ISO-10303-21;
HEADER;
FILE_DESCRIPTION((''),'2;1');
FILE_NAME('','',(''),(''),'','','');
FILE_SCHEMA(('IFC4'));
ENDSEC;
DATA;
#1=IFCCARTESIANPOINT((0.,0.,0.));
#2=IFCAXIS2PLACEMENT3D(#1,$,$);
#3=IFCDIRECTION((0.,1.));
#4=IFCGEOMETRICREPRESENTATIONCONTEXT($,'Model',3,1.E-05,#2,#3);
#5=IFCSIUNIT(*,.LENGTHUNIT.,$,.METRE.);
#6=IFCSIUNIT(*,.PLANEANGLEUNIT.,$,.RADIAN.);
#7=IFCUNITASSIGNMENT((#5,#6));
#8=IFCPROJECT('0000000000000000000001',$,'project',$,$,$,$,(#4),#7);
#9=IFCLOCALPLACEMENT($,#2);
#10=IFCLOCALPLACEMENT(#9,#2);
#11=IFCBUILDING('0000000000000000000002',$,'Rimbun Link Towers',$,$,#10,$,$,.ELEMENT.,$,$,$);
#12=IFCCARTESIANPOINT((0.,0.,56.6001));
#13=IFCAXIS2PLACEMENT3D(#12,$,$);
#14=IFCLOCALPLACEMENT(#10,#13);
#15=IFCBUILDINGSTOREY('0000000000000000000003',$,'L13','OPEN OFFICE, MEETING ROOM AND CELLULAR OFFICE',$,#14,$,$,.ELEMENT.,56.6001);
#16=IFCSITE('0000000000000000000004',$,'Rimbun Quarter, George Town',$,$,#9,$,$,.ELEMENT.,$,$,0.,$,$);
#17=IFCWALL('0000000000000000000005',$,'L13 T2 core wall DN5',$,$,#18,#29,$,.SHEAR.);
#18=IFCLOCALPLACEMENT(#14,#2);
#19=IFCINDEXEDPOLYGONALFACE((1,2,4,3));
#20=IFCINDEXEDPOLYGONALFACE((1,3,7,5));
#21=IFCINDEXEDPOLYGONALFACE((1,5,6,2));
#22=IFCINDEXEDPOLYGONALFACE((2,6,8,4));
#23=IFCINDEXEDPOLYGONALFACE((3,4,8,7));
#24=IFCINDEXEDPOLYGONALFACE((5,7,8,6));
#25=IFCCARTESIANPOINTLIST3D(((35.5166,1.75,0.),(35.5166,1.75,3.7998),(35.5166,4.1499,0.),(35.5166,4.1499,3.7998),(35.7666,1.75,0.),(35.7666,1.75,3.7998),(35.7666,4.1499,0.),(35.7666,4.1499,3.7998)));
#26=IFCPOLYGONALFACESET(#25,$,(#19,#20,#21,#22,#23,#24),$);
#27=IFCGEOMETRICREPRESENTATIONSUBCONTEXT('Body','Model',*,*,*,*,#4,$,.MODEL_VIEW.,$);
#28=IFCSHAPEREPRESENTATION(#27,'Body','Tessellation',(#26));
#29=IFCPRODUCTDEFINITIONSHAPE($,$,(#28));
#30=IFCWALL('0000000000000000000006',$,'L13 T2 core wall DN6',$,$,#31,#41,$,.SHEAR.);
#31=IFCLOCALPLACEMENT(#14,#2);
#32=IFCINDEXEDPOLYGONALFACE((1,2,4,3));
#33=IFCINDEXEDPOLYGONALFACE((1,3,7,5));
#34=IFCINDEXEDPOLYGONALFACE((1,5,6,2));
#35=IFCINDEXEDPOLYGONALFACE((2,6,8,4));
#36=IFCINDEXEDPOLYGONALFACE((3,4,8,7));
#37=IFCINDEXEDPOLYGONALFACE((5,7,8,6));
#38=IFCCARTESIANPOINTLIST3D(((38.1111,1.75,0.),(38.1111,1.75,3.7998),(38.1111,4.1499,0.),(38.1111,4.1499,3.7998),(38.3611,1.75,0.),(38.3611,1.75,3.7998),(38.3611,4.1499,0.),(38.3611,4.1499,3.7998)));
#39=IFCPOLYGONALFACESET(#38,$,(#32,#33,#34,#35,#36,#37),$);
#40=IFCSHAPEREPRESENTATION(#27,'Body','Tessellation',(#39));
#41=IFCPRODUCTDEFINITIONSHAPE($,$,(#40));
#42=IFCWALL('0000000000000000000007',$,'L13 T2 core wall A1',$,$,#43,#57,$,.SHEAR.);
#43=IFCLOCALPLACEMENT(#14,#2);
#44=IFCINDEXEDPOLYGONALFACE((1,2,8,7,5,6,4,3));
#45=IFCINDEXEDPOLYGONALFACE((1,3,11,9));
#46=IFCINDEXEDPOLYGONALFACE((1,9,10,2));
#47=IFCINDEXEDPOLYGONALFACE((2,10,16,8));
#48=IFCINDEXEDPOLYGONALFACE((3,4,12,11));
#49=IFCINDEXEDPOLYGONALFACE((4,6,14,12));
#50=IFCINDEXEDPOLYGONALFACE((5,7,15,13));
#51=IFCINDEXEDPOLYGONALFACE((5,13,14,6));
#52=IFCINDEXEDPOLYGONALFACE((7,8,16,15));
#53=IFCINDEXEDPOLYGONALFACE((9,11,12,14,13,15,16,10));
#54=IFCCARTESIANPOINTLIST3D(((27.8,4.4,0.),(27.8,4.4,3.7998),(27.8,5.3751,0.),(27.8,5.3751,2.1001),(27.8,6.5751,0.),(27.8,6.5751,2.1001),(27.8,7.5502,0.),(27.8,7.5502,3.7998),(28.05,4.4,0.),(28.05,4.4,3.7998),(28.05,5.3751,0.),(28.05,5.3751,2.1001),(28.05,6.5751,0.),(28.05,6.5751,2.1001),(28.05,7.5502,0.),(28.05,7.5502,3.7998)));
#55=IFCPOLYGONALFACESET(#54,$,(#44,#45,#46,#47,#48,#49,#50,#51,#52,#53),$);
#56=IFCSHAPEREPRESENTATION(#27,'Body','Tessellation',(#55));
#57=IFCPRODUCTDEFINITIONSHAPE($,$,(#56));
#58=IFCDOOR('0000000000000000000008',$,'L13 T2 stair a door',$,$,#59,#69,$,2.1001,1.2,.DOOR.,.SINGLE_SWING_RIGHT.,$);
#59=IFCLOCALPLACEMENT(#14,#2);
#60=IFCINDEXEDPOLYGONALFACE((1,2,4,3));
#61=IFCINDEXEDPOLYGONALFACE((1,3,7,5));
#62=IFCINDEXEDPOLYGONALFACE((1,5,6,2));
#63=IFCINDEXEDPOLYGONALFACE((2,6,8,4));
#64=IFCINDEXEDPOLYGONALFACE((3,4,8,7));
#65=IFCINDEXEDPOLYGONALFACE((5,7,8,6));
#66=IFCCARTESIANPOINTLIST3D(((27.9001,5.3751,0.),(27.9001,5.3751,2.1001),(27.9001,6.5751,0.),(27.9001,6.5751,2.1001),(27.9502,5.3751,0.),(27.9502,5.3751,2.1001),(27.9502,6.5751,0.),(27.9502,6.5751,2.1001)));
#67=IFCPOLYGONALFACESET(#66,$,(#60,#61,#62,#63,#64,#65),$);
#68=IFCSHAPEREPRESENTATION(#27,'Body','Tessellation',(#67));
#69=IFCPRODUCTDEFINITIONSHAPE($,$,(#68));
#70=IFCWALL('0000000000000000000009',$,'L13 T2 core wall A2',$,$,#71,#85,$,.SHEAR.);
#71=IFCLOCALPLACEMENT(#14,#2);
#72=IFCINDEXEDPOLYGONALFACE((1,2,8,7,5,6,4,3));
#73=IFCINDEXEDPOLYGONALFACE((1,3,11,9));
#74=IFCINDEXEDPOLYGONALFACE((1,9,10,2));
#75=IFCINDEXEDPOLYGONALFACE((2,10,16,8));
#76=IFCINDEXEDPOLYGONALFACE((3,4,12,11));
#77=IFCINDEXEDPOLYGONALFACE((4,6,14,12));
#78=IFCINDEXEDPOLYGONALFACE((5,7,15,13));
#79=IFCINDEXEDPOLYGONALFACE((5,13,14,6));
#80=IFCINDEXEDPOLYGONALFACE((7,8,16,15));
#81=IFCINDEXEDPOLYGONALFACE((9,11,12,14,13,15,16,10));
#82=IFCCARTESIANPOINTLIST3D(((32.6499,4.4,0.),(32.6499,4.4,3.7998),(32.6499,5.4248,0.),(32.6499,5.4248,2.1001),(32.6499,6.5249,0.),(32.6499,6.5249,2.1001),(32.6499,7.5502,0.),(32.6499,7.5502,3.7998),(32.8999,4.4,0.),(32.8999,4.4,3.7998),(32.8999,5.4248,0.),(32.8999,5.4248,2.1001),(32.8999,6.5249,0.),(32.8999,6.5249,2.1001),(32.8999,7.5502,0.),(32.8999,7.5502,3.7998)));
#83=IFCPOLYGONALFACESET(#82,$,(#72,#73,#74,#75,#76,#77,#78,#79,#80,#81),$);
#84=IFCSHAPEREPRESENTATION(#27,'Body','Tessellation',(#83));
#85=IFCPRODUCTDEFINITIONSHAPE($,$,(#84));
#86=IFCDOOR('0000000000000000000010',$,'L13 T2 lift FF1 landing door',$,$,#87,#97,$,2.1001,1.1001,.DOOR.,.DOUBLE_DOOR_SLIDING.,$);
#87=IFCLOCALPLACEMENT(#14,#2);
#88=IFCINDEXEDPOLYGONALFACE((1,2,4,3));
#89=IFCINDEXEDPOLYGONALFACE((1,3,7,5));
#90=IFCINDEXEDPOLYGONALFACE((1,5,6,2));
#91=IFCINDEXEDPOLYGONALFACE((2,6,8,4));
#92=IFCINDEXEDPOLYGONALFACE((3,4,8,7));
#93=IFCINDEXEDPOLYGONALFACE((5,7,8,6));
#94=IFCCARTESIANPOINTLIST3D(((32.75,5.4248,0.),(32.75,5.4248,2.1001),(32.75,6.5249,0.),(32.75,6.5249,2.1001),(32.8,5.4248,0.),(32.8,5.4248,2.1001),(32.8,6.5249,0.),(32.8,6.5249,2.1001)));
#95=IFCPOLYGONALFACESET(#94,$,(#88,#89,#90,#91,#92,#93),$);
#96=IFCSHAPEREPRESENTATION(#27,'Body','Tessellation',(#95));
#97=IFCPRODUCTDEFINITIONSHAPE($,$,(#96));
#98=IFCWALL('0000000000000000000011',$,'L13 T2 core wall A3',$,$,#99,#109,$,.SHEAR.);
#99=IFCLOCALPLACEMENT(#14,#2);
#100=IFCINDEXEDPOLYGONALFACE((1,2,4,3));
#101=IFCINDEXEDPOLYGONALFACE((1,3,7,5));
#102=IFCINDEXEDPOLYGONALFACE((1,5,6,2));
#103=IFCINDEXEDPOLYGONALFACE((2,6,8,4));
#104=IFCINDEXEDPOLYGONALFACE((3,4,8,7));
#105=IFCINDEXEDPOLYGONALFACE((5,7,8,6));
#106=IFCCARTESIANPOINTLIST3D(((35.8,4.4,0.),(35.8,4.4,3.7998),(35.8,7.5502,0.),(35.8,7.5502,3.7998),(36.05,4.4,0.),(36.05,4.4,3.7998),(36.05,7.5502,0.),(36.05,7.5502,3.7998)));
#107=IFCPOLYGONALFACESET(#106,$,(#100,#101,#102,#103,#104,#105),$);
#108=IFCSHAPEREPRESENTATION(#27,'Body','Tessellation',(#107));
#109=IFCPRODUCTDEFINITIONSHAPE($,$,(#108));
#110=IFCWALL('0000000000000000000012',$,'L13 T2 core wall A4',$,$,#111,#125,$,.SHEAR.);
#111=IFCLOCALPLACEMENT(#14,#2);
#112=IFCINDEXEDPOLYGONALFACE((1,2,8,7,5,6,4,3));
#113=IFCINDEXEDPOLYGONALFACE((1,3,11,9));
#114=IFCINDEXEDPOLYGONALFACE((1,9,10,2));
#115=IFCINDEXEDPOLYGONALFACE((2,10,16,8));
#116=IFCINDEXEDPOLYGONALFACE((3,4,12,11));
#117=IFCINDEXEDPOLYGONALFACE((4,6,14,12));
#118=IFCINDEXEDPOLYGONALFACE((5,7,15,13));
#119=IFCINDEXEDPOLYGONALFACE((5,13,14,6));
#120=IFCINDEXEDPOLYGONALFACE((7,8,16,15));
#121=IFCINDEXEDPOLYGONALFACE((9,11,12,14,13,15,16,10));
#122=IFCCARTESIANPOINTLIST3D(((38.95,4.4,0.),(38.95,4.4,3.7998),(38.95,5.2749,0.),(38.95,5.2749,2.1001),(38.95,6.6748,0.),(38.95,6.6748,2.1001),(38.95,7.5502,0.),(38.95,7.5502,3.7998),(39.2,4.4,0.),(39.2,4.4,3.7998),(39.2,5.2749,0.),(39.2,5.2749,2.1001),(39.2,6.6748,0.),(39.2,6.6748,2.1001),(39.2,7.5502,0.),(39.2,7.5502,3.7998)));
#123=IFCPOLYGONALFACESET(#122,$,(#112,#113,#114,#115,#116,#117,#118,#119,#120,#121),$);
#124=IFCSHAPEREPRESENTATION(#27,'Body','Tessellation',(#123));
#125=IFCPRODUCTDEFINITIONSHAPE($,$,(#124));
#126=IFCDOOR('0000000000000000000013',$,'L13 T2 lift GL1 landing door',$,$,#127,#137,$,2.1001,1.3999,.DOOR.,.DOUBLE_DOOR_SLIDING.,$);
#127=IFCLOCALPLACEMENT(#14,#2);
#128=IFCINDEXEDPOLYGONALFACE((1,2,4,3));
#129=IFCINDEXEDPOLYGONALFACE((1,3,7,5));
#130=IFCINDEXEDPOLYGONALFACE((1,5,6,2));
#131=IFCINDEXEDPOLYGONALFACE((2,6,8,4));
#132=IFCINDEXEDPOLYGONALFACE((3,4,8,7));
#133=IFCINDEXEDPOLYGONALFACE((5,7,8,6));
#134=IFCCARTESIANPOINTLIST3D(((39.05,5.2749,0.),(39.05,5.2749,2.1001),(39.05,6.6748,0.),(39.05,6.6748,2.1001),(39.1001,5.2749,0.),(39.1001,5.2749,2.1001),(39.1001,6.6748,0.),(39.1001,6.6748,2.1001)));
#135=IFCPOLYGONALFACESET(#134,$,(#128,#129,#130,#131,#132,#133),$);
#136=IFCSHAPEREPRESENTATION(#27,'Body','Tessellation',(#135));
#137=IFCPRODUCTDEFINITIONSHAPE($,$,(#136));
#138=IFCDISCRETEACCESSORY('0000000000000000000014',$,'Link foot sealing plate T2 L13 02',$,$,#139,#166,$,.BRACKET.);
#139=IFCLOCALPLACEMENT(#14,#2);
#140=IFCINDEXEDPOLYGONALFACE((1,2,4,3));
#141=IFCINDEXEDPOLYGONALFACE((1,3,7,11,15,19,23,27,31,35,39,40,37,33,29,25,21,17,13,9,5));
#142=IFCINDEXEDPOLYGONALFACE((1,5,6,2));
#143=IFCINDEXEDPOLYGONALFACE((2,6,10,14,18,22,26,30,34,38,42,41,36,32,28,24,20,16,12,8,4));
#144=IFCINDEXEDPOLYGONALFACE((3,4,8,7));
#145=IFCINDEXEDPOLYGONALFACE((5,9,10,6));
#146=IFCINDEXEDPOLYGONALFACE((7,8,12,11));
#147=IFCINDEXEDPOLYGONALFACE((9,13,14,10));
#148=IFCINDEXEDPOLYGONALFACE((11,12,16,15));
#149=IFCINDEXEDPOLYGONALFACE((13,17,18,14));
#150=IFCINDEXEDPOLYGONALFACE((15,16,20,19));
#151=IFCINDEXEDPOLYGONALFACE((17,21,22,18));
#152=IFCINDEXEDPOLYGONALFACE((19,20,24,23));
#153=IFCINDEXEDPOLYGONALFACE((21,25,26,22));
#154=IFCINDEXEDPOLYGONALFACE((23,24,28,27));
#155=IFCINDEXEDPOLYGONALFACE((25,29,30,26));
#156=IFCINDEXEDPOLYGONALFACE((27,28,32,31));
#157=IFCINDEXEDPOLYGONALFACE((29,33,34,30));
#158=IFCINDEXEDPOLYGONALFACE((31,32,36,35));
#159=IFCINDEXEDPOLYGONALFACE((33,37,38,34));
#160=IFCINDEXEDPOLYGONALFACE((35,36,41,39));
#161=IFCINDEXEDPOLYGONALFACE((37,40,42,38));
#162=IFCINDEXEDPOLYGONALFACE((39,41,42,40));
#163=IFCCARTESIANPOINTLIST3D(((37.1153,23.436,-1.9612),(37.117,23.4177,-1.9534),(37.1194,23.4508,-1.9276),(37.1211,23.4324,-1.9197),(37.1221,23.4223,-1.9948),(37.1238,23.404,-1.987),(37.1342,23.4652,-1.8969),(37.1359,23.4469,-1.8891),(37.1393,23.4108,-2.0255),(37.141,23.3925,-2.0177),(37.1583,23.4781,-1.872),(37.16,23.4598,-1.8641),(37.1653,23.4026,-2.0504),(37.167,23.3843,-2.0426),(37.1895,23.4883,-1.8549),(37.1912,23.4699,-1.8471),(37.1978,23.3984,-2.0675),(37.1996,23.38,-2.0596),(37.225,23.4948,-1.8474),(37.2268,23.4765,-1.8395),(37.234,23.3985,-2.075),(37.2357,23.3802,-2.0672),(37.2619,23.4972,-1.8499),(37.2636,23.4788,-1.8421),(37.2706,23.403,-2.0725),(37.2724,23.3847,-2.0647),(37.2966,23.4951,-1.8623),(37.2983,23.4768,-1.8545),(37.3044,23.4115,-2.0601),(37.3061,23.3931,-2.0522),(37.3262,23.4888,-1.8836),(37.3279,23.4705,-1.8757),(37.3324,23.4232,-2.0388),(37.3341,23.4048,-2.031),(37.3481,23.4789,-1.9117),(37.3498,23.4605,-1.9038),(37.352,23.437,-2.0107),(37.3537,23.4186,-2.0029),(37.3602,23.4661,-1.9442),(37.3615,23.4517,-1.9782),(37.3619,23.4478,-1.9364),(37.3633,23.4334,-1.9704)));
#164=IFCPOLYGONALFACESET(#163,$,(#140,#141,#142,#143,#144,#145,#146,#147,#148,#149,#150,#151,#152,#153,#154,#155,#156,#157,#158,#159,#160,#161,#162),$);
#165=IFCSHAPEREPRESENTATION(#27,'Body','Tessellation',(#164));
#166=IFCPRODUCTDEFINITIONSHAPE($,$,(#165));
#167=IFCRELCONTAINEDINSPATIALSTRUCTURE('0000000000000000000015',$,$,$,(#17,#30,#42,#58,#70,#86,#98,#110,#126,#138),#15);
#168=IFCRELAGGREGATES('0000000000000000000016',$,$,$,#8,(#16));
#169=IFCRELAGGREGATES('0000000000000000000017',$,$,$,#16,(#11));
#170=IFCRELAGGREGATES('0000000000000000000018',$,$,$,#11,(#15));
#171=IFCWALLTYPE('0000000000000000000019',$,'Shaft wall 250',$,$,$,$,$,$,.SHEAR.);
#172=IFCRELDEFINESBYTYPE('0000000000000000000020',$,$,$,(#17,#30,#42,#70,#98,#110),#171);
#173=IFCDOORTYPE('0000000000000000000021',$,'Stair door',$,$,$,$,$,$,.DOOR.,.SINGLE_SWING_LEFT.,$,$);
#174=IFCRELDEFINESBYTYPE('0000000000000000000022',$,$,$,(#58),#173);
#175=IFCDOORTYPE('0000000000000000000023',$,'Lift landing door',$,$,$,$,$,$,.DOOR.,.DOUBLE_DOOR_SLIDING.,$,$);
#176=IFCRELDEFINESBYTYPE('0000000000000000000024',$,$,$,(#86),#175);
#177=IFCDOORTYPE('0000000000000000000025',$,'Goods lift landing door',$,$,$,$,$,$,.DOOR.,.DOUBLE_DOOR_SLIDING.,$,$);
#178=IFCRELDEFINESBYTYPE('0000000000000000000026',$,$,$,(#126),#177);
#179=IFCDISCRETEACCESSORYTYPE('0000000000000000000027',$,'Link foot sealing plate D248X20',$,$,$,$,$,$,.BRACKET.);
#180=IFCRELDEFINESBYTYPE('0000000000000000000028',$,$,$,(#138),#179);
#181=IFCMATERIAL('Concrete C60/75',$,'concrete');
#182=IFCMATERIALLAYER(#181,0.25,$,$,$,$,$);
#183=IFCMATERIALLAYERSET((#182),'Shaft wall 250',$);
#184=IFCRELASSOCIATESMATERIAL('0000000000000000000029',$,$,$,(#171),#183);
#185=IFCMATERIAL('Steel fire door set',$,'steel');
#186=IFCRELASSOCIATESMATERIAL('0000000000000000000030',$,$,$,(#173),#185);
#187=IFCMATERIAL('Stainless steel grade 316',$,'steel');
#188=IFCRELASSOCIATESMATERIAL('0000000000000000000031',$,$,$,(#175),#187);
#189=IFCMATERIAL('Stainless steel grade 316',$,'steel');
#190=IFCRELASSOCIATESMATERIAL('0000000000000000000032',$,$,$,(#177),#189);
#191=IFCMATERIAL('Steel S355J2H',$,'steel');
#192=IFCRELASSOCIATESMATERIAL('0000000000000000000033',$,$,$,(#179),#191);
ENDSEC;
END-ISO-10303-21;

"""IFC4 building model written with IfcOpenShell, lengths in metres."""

from ifc_helpers import new_model, si_unit, direction, frame, frame_2d, origin, origin_2d, place, context, subcontext, project, spatial, rectangle, circle, extrude, material, layer, layer_set, material_profile, profile_set, type_object, element, fill, save


model = new_model("IFC4")

# Units and contexts
model_context = context("Model", 3, precision=1e-05, world=origin(), true_north=direction((0.0, 1.0)))
body_context = subcontext(model_context, "Body", "Model", "MODEL_VIEW")
ifc_project = project(units=[si_unit("LENGTHUNIT", "METRE"), si_unit("PLANEANGLEUNIT", "RADIAN")], contexts=[model_context])

# Site, building, storey
site_placement = place(None, origin())
site = spatial("IfcSite", under=ifc_project, at=site_placement, Name="Rimbun Quarter, George Town", CompositionType="ELEMENT", RefElevation=0.0)
building_placement = place(site_placement, origin())
building = spatial("IfcBuilding", under=site, at=building_placement, Name="Rimbun Link Towers", CompositionType="ELEMENT")
storey_placement = place(building_placement, frame((0.0, 0.0, 56.6001)))
storey = spatial("IfcBuildingStorey", under=building, at=storey_placement, Name="L13", Description="OPEN OFFICE, MEETING ROOM AND CELLULAR OFFICE", CompositionType="ELEMENT", Elevation=56.6001)

# Walls
ifc_material_1 = material(Name="Concrete C60/75", Category="concrete")
ifc_layer_1 = layer(ifc_material_1, 0.25)
ifc_layer_set_1 = layer_set([ifc_layer_1], Name="Shaft wall 250")
wall_type_1 = type_object("IfcWallType", Name="Shaft wall 250", PredefinedType="SHEAR", material=ifc_layer_set_1)
for number, where, z_axis, x_axis, name in (
    (1, (35.6416, 1.75, 0.0), (0.0, 0.0, 1.0), (0.0, 1.0, 0.0), "L13 T2 core wall DN5"),
    (2, (38.2361, 1.75, 0.0), (0.0, 0.0, 1.0), (0.0, 1.0, 0.0), "L13 T2 core wall DN6"),
):
    element("IfcWall", number, at=place(storey_placement, frame(where, z_axis=z_axis, x_axis=x_axis)), inside=storey, type_object=wall_type_1, Name=name, PredefinedType="SHEAR", context=body_context, shape_type="SweptSolid", body=[
        extrude(rectangle(XDim=2.3999, YDim=0.25, at=frame_2d((1.2, 0.0))), origin(), (0.0, 0.0, 1.0), 3.7998),
    ])

# Walls, openings, doors
wall_1_placement = place(storey_placement, frame((27.925, 4.3999, 0.0), z_axis=(0.0, 0.0, 1.0), x_axis=(0.0, 1.0, 0.0)))
wall_1 = element("IfcWall", 3, at=wall_1_placement, inside=storey, type_object=wall_type_1, Name="L13 T2 core wall A1", PredefinedType="SHEAR", context=body_context, shape_type="SweptSolid", body=[
    extrude(rectangle(XDim=3.1501, YDim=0.25, at=frame_2d((1.5752, 0.0))), origin(), (0.0, 0.0, 1.0), 3.7998),
])
opening_1_placement = place(wall_1_placement, frame((0.9751, 0.0, 0.0)))
opening_1 = element("IfcOpeningElement", 4, at=opening_1_placement, cuts=wall_1, PredefinedType="OPENING", context=body_context, shape_type="SweptSolid", body=[
    extrude(rectangle(XDim=1.2, YDim=2.1001, at=frame_2d((0.6001, 1.05))), frame((0.0, 0.135, 0.0), z_axis=(0.0, -1.0, 0.0), x_axis=(1.0, 0.0, 0.0)), (0.0, 0.0, 1.0), 0.27),
])
ifc_material_2 = material(Name="Steel fire door set", Category="steel")
door_type_1 = type_object("IfcDoorType", Name="Stair door", OperationType="SINGLE_SWING_LEFT", PredefinedType="DOOR", material=ifc_material_2)
door_1_placement = place(opening_1_placement, origin())
door_1 = element("IfcDoor", 5, at=door_1_placement, inside=storey, type_object=door_type_1, Name="L13 T2 stair a door", OperationType="SINGLE_SWING_RIGHT", OverallHeight=2.1001, OverallWidth=1.2, PredefinedType="DOOR", context=body_context, shape_type="SweptSolid", body=[
    extrude(rectangle(XDim=1.2, YDim=2.1001, at=frame_2d((0.6001, 1.05))), frame((0.0, 0.0249, 0.0), z_axis=(0.0, -1.0, 0.0), x_axis=(1.0, 0.0, 0.0)), (0.0, 0.0, 1.0), 0.05),
])
fill(opening_1, door_1)
wall_2_placement = place(storey_placement, frame((32.7749, 4.3999, 0.0), z_axis=(0.0, 0.0, 1.0), x_axis=(0.0, 1.0, 0.0)))
wall_2 = element("IfcWall", 6, at=wall_2_placement, inside=storey, type_object=wall_type_1, Name="L13 T2 core wall A2", PredefinedType="SHEAR", context=body_context, shape_type="SweptSolid", body=[
    extrude(rectangle(XDim=3.1501, YDim=0.25, at=frame_2d((1.5752, 0.0))), origin(), (0.0, 0.0, 1.0), 3.7998),
])
opening_2_placement = place(wall_2_placement, frame((1.0249, 0.0, 0.0)))
opening_2 = element("IfcOpeningElement", 7, at=opening_2_placement, cuts=wall_2, PredefinedType="OPENING", context=body_context, shape_type="SweptSolid", body=[
    extrude(rectangle(XDim=1.1001, YDim=2.1001, at=frame_2d((0.55, 1.05))), frame((0.0, 0.135, 0.0), z_axis=(0.0, -1.0, 0.0), x_axis=(1.0, 0.0, 0.0)), (0.0, 0.0, 1.0), 0.27),
])
ifc_material_3 = material(Name="Stainless steel grade 316", Category="steel")
door_type_2 = type_object("IfcDoorType", Name="Lift landing door", OperationType="DOUBLE_DOOR_SLIDING", PredefinedType="DOOR", material=ifc_material_3)
door_2_placement = place(opening_2_placement, origin())
door_2 = element("IfcDoor", 8, at=door_2_placement, inside=storey, type_object=door_type_2, Name="L13 T2 lift FF1 landing door", OperationType="DOUBLE_DOOR_SLIDING", OverallHeight=2.1001, OverallWidth=1.1001, PredefinedType="DOOR", context=body_context, shape_type="SweptSolid", body=[
    extrude(rectangle(XDim=1.1001, YDim=2.1001, at=frame_2d((0.55, 1.05))), frame((0.0, 0.0249, 0.0), z_axis=(0.0, -1.0, 0.0), x_axis=(1.0, 0.0, 0.0)), (0.0, 0.0, 1.0), 0.05),
])
fill(opening_2, door_2)

# Wall
wall_3_placement = place(storey_placement, frame((35.925, 4.3999, 0.0), z_axis=(0.0, 0.0, 1.0), x_axis=(0.0, 1.0, 0.0)))
element("IfcWall", 9, at=wall_3_placement, inside=storey, type_object=wall_type_1, Name="L13 T2 core wall A3", PredefinedType="SHEAR", context=body_context, shape_type="SweptSolid", body=[
    extrude(rectangle(XDim=3.1501, YDim=0.25, at=frame_2d((1.5752, 0.0))), origin(), (0.0, 0.0, 1.0), 3.7998),
])

# Wall, opening, door
wall_4_placement = place(storey_placement, frame((39.075, 4.3999, 0.0), z_axis=(0.0, 0.0, 1.0), x_axis=(0.0, 1.0, 0.0)))
wall_4 = element("IfcWall", 10, at=wall_4_placement, inside=storey, type_object=wall_type_1, Name="L13 T2 core wall A4", PredefinedType="SHEAR", context=body_context, shape_type="SweptSolid", body=[
    extrude(rectangle(XDim=3.1501, YDim=0.25, at=frame_2d((1.5752, 0.0))), origin(), (0.0, 0.0, 1.0), 3.7998),
])
opening_3_placement = place(wall_4_placement, frame((0.875, 0.0, 0.0)))
opening_3 = element("IfcOpeningElement", 11, at=opening_3_placement, cuts=wall_4, PredefinedType="OPENING", context=body_context, shape_type="SweptSolid", body=[
    extrude(rectangle(XDim=1.3999, YDim=2.1001, at=frame_2d((0.7, 1.05))), frame((0.0, 0.135, 0.0), z_axis=(0.0, -1.0, 0.0), x_axis=(1.0, 0.0, 0.0)), (0.0, 0.0, 1.0), 0.27),
])
ifc_material_4 = material(Name="Stainless steel grade 316", Category="steel")
door_type_3 = type_object("IfcDoorType", Name="Goods lift landing door", OperationType="DOUBLE_DOOR_SLIDING", PredefinedType="DOOR", material=ifc_material_4)
door_3_placement = place(opening_3_placement, origin())
door_3 = element("IfcDoor", 12, at=door_3_placement, inside=storey, type_object=door_type_3, Name="L13 T2 lift GL1 landing door", OperationType="DOUBLE_DOOR_SLIDING", OverallHeight=2.1001, OverallWidth=1.3999, PredefinedType="DOOR", context=body_context, shape_type="SweptSolid", body=[
    extrude(rectangle(XDim=1.3999, YDim=2.1001, at=frame_2d((0.7, 1.05))), frame((0.0, 0.0249, 0.0), z_axis=(0.0, -1.0, 0.0), x_axis=(1.0, 0.0, 0.0)), (0.0, 0.0, 1.0), 0.05),
])
fill(opening_3, door_3)

# Discrete accessory
ifc_material_5 = material(Name="Steel S355J2H", Category="steel")
ifc_material_profile_1 = material_profile(ifc_material_5, circle(Radius=0.124, at=origin_2d()), Name="PL D248")
ifc_profile_set_1 = profile_set([ifc_material_profile_1], Name="Steel S355J2H")
discrete_accessory_type = type_object("IfcDiscreteAccessoryType", Name="Link foot sealing plate D248X20", PredefinedType="BRACKET", material=ifc_profile_set_1)
discrete_accessory_placement = place(storey_placement, frame((37.2405, 23.4292, -1.9534), z_axis=(-0.085531, 0.916408, -0.391001), x_axis=(-0.995673, -0.092929, 0.0)))
element("IfcDiscreteAccessory", 13, at=discrete_accessory_placement, inside=storey, type_object=discrete_accessory_type, Name="Link foot sealing plate T2 L13 02", PredefinedType="BRACKET", context=body_context, shape_type="SweptSolid", body=[
    extrude(circle(Radius=0.124, at=origin_2d()), origin(), (0.0, 0.0, 1.0), 0.02),
])

save(model, "model.ifc")
